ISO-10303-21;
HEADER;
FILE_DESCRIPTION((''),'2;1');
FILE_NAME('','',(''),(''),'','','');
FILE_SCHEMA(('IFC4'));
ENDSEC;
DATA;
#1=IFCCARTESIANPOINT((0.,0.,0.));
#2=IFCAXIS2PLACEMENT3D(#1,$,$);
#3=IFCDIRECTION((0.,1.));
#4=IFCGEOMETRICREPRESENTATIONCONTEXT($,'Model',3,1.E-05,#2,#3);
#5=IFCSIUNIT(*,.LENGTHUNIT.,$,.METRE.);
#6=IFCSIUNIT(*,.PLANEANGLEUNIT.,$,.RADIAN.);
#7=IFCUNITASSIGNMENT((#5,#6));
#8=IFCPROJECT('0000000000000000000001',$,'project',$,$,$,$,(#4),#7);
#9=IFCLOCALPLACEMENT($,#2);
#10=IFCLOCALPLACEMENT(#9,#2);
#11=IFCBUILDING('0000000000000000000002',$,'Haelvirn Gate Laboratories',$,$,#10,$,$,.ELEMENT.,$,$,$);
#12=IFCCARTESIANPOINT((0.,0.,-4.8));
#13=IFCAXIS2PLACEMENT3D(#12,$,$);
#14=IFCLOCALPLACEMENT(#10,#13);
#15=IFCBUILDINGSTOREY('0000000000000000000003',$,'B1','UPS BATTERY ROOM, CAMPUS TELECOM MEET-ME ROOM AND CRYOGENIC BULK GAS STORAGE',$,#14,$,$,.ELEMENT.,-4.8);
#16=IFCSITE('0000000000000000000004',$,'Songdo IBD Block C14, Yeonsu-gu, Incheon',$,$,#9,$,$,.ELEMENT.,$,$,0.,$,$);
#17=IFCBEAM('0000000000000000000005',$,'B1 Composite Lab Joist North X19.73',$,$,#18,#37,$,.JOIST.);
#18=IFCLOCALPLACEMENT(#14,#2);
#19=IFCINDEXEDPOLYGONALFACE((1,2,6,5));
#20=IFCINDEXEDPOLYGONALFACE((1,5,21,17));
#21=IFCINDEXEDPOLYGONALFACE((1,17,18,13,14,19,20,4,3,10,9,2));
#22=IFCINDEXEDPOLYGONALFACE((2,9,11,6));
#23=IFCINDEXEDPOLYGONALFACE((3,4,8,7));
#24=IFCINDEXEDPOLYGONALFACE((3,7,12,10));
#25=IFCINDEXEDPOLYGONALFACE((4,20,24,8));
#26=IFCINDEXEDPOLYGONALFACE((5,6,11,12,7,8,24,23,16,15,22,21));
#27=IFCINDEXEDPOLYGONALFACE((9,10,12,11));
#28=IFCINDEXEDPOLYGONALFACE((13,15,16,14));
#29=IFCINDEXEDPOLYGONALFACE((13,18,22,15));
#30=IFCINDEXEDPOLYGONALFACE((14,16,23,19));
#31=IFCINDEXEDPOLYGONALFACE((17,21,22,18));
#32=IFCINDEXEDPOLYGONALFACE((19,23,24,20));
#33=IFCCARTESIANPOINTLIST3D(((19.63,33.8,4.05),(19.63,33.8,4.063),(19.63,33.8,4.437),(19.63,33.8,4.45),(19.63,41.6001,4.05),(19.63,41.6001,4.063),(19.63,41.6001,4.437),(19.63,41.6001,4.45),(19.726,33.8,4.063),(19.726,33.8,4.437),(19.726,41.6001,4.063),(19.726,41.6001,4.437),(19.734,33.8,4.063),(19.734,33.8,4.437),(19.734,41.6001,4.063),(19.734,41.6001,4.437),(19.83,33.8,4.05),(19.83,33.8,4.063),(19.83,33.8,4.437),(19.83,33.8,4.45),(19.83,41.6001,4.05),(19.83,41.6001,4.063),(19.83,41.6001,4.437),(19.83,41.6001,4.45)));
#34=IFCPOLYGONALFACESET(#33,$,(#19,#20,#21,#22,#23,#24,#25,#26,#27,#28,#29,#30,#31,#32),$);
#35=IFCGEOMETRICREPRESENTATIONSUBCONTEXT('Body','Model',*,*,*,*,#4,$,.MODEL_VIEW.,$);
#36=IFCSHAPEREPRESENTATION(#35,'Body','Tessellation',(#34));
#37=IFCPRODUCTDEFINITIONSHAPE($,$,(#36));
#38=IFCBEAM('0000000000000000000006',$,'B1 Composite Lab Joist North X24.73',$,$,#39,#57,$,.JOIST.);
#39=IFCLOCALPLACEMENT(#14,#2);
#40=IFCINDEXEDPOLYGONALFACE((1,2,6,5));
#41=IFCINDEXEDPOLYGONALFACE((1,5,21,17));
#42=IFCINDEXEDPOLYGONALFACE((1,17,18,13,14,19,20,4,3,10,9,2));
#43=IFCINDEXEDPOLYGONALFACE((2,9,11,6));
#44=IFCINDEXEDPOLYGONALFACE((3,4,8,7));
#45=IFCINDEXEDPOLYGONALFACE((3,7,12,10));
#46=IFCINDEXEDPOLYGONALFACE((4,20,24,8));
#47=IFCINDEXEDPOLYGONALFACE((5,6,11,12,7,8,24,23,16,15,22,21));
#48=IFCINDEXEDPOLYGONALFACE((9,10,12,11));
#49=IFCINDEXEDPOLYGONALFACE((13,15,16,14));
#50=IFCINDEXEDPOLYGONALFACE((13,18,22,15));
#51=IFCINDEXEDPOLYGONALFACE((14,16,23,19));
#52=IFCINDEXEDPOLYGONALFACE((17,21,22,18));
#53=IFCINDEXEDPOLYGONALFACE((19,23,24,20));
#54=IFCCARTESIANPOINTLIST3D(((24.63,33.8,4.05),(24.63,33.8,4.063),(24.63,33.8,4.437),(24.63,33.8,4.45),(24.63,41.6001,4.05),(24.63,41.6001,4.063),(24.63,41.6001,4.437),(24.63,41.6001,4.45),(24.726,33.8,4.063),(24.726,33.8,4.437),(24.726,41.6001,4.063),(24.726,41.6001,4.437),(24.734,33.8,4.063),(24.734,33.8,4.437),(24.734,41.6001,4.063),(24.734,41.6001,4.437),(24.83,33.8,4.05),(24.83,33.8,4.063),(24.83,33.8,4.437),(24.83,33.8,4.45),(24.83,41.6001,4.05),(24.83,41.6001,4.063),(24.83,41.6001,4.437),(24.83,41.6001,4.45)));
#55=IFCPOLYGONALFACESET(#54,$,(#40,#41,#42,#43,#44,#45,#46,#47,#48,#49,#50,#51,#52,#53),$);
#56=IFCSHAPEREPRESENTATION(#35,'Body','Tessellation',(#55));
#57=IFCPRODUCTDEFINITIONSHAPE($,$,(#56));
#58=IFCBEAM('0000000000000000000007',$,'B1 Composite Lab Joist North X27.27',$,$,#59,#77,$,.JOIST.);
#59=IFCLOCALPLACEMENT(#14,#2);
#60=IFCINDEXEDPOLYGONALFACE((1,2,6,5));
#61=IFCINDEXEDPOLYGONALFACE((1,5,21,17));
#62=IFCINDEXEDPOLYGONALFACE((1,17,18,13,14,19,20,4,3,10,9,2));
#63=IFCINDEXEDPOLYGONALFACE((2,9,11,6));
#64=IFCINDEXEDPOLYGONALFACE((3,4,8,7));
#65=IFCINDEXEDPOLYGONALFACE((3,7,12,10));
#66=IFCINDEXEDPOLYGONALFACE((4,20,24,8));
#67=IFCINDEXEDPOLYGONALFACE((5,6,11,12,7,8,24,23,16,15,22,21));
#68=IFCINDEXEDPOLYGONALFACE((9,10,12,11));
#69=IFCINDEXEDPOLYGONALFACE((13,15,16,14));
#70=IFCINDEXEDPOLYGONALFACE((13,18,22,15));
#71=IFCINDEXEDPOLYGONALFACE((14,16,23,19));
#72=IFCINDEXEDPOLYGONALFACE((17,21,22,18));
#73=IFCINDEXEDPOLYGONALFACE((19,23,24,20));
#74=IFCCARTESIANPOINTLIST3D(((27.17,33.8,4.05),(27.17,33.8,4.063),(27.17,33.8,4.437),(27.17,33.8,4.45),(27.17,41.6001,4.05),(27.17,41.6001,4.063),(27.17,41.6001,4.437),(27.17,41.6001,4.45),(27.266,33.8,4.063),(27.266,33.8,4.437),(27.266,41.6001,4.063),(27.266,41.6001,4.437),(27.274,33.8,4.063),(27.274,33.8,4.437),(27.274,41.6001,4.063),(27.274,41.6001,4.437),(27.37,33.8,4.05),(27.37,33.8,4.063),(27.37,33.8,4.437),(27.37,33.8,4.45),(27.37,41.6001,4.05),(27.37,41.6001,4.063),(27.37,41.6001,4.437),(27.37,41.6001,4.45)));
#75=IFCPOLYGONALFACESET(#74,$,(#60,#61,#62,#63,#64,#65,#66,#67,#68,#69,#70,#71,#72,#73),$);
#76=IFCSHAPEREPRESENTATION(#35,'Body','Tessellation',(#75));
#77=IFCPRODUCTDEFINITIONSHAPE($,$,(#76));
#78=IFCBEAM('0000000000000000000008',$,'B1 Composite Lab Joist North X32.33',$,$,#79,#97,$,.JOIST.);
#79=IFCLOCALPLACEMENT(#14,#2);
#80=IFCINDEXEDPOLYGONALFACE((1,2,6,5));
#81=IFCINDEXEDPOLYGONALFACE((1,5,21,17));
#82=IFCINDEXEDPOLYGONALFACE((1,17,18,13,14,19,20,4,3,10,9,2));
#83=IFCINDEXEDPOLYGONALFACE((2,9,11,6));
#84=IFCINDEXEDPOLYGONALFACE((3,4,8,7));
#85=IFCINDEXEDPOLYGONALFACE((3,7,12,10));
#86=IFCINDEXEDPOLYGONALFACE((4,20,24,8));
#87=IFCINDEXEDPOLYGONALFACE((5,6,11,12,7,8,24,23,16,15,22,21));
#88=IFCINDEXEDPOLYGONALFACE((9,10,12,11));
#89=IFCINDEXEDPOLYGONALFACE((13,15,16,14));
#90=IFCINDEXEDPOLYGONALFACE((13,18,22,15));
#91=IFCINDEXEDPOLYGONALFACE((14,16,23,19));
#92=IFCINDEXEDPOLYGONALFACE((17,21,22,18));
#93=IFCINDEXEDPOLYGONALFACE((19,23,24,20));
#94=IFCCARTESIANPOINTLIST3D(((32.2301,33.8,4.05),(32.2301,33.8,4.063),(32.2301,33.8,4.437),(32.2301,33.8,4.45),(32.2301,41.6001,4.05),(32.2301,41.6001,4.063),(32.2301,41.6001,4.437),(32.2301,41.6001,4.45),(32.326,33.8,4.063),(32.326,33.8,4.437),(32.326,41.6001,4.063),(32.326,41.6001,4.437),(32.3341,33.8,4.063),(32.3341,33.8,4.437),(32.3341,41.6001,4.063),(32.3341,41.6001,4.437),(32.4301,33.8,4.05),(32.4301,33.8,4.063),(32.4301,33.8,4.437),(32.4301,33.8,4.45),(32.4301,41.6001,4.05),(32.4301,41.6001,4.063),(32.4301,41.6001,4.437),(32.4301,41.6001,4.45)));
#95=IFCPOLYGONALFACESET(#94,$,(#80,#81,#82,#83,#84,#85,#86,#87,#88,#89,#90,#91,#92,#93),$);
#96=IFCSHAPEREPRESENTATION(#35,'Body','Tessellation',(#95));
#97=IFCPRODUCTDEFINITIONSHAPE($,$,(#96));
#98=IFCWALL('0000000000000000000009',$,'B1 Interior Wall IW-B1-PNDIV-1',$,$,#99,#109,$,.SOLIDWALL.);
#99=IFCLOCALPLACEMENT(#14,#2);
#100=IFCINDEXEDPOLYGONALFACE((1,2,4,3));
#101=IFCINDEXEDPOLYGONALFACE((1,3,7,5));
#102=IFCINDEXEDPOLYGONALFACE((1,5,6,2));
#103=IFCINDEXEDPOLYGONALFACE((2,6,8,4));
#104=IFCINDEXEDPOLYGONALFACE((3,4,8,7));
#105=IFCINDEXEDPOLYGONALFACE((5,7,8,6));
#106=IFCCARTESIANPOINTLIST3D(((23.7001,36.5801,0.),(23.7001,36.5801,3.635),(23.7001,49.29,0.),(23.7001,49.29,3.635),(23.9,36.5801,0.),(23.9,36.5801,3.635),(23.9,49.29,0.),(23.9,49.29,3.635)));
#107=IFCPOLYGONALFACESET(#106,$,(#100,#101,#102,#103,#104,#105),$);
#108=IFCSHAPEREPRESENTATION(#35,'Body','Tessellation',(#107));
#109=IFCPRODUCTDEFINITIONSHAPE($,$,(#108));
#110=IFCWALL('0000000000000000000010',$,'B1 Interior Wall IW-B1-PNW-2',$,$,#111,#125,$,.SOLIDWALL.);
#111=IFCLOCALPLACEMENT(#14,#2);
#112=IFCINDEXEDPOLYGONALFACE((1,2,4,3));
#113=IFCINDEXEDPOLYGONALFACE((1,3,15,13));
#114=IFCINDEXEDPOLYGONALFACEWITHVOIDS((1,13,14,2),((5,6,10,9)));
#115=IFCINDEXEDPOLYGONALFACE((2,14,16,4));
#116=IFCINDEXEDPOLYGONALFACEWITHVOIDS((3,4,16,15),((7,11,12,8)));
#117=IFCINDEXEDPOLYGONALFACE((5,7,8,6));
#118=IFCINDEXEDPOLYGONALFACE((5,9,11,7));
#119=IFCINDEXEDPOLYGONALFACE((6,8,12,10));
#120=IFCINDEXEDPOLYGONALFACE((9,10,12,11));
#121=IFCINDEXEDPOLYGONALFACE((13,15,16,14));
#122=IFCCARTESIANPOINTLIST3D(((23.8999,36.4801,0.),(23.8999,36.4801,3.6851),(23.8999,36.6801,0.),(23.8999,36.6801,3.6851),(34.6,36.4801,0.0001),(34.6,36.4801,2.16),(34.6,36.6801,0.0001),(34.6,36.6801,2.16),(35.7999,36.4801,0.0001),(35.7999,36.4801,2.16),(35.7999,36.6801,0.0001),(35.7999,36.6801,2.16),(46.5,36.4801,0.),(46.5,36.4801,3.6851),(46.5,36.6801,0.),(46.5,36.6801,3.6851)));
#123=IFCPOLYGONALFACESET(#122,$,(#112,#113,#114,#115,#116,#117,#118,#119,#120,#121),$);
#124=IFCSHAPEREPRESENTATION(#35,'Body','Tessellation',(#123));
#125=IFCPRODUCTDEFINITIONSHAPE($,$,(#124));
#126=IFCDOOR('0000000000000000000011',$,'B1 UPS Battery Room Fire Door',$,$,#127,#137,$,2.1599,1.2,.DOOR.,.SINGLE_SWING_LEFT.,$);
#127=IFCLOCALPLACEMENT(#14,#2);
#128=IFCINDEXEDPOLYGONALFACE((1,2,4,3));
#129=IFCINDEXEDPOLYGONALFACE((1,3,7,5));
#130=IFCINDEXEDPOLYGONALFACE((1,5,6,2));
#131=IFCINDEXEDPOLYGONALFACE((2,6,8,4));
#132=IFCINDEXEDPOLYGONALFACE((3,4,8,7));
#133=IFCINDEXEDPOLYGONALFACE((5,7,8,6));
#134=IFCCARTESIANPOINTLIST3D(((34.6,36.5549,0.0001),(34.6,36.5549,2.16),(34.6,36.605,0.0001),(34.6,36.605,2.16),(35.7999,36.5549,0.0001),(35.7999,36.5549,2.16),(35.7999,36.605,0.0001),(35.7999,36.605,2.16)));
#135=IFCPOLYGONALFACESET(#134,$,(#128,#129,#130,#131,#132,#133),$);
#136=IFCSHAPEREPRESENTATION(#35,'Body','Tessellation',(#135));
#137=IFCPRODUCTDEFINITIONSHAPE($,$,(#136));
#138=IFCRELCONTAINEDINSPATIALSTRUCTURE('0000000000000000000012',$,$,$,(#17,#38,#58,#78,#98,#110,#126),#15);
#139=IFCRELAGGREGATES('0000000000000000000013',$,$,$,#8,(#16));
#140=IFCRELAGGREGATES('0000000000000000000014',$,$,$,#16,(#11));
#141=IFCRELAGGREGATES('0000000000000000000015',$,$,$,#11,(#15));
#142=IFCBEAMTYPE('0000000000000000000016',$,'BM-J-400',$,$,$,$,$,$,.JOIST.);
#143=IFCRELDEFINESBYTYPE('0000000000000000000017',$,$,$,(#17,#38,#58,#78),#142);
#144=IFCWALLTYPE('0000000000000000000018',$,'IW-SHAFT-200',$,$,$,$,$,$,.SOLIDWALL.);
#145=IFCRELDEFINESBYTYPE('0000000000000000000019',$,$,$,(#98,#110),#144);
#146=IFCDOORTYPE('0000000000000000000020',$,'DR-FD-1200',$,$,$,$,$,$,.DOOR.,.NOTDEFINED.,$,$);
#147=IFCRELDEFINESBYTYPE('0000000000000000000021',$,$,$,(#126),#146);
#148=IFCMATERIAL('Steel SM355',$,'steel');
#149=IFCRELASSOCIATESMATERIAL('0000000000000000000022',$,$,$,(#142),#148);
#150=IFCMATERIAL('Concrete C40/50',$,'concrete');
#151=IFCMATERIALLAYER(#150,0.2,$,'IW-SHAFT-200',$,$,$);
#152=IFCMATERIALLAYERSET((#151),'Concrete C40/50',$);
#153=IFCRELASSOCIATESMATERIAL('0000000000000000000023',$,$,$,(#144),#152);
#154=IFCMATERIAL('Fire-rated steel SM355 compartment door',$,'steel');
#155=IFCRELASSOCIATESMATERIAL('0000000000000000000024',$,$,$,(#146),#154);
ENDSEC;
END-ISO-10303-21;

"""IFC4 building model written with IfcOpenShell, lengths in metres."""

from ifc_helpers import new_model, si_unit, direction, frame, frame_2d, origin, origin_2d, place, context, subcontext, project, spatial, rectangle, i_section, extrude, source, transform, mapped, material, layer, layer_set, material_profile, profile_set, type_object, type_shapes, element, fill, save


model = new_model("IFC4")

# Units and contexts
model_context = context("Model", 3, precision=1e-05, world=origin(), true_north=direction((0.0, 1.0)))
body_context = subcontext(model_context, "Body", "Model", "MODEL_VIEW")
ifc_project = project(units=[si_unit("LENGTHUNIT", "METRE"), si_unit("PLANEANGLEUNIT", "RADIAN")], contexts=[model_context])

# Site, building, storey
site_placement = place(None, origin())
site = spatial("IfcSite", under=ifc_project, at=site_placement, Name="Songdo IBD Block C14, Yeonsu-gu, Incheon", CompositionType="ELEMENT", RefElevation=0.0)
building_placement = place(site_placement, origin())
building = spatial("IfcBuilding", under=site, at=building_placement, Name="Haelvirn Gate Laboratories", CompositionType="ELEMENT")
storey_placement = place(building_placement, frame((0.0, 0.0, -4.8)))
storey = spatial("IfcBuildingStorey", under=building, at=storey_placement, Name="B1", Description="UPS BATTERY ROOM, CAMPUS TELECOM MEET-ME ROOM AND CRYOGENIC BULK GAS STORAGE", CompositionType="ELEMENT", Elevation=-4.8)

# Beams
ifc_material_1 = material(Name="Steel SM355", Category="steel")
ifc_material_profile_1 = material_profile(ifc_material_1, i_section(OverallWidth=0.2, OverallDepth=0.3999, WebThickness=0.0081, FlangeThickness=0.0129, at=origin_2d()), Name="H-400x200x8x13")
ifc_profile_set_1 = profile_set([ifc_material_profile_1], Name="Steel SM355")
beam_type_1 = type_object("IfcBeamType", Name="BM-J-400", PredefinedType="JOIST", material=ifc_profile_set_1)
shared_shape_1 = source(origin(), body_context, "Body", "SweptSolid", [
    extrude(i_section(OverallWidth=0.2, OverallDepth=0.3999, WebThickness=0.0081, FlangeThickness=0.0129, at=origin_2d()), origin(), (0.0, 0.0, 1.0), 7.8),
])
type_shapes(beam_type_1, [shared_shape_1])
for number, where, z_axis, x_axis, name in (
    (1, (19.73, 33.8, 4.25), (0.0, 1.0, 0.0), (-1.0, 0.0, 0.0), "B1 Composite Lab Joist North X19.73"),
    (2, (24.73, 33.8, 4.25), (0.0, 1.0, 0.0), (-1.0, 0.0, 0.0), "B1 Composite Lab Joist North X24.73"),
    (3, (27.27, 33.8, 4.25), (0.0, 1.0, 0.0), (-1.0, 0.0, 0.0), "B1 Composite Lab Joist North X27.27"),
    (4, (32.3301, 33.8, 4.25), (0.0, 1.0, 0.0), (-1.0, 0.0, 0.0), "B1 Composite Lab Joist North X32.33"),
):
    element("IfcBeam", number, at=place(storey_placement, frame(where, z_axis=z_axis, x_axis=x_axis)), inside=storey, type_object=beam_type_1, Name=name, PredefinedType="JOIST", context=body_context, shape_type="MappedRepresentation", body=[
        mapped(shared_shape_1, transform((0.0, 0.0, 0.0), scale=1.0)),
    ])

# Wall
ifc_material_2 = material(Name="Concrete C40/50", Category="concrete")
ifc_layer = layer(ifc_material_2, 0.2, Name="IW-SHAFT-200")
ifc_layer_set = layer_set([ifc_layer], Name="Concrete C40/50")
wall_type = type_object("IfcWallType", Name="IW-SHAFT-200", PredefinedType="SOLIDWALL", material=ifc_layer_set)
wall_1_placement = place(storey_placement, frame((23.8, 36.5801, 0.0), z_axis=(0.0, 0.0, 1.0), x_axis=(0.0, 1.0, 0.0)))
element("IfcWall", 5, at=wall_1_placement, inside=storey, type_object=wall_type, Name="B1 Interior Wall IW-B1-PNDIV-1", PredefinedType="SOLIDWALL", context=body_context, shape_type="SweptSolid", body=[
    extrude(rectangle(XDim=12.71, YDim=0.2, at=frame_2d((6.355, 0.0))), origin(), (0.0, 0.0, 1.0), 3.635),
])

# Wall, opening, door
wall_2_placement = place(storey_placement, frame((23.8999, 36.5801, 0.0), z_axis=(0.0, 0.0, 1.0), x_axis=(1.0, 0.0, 0.0)))
wall_2 = element("IfcWall", 6, at=wall_2_placement, inside=storey, type_object=wall_type, Name="B1 Interior Wall IW-B1-PNW-2", PredefinedType="SOLIDWALL", context=body_context, shape_type="SweptSolid", body=[
    extrude(rectangle(XDim=22.6001, YDim=0.2, at=frame_2d((11.3, 0.0))), origin(), (0.0, 0.0, 1.0), 3.6851),
])
opening_placement = place(wall_2_placement, frame((10.7, 0.0, 0.0)))
opening = element("IfcOpeningElement", 7, at=opening_placement, cuts=wall_2, PredefinedType="OPENING", context=body_context, shape_type="SweptSolid", body=[
    extrude(rectangle(XDim=1.2, YDim=2.1599, at=frame_2d((0.6001, 1.0801))), frame((0.0, 0.1099, 0.0), z_axis=(0.0, -1.0, 0.0), x_axis=(1.0, 0.0, 0.0)), (0.0, 0.0, 1.0), 0.22),
])
ifc_material_3 = material(Name="Fire-rated steel SM355 compartment door", Category="steel")
door_type = type_object("IfcDoorType", Name="DR-FD-1200", OperationType="NOTDEFINED", PredefinedType="DOOR", material=ifc_material_3)
shared_shape_2 = source(origin(), body_context, "Body", "SweptSolid", [
    extrude(rectangle(XDim=1.2, YDim=2.1599, at=frame_2d((0.6001, 1.0801))), frame((0.0, 0.0249, 0.0), z_axis=(0.0, -1.0, 0.0), x_axis=(1.0, 0.0, 0.0)), (0.0, 0.0, 1.0), 0.05),
])
type_shapes(door_type, [shared_shape_2])
door_placement = place(opening_placement, origin())
door = element("IfcDoor", 8, at=door_placement, inside=storey, type_object=door_type, Name="B1 UPS Battery Room Fire Door", OperationType="SINGLE_SWING_LEFT", OverallHeight=2.1599, OverallWidth=1.2, PredefinedType="DOOR", context=body_context, shape_type="MappedRepresentation", body=[
    mapped(shared_shape_2, transform((0.0, 0.0, 0.0), scale=1.0)),
])
fill(opening, door)

save(model, "model.ifc")
